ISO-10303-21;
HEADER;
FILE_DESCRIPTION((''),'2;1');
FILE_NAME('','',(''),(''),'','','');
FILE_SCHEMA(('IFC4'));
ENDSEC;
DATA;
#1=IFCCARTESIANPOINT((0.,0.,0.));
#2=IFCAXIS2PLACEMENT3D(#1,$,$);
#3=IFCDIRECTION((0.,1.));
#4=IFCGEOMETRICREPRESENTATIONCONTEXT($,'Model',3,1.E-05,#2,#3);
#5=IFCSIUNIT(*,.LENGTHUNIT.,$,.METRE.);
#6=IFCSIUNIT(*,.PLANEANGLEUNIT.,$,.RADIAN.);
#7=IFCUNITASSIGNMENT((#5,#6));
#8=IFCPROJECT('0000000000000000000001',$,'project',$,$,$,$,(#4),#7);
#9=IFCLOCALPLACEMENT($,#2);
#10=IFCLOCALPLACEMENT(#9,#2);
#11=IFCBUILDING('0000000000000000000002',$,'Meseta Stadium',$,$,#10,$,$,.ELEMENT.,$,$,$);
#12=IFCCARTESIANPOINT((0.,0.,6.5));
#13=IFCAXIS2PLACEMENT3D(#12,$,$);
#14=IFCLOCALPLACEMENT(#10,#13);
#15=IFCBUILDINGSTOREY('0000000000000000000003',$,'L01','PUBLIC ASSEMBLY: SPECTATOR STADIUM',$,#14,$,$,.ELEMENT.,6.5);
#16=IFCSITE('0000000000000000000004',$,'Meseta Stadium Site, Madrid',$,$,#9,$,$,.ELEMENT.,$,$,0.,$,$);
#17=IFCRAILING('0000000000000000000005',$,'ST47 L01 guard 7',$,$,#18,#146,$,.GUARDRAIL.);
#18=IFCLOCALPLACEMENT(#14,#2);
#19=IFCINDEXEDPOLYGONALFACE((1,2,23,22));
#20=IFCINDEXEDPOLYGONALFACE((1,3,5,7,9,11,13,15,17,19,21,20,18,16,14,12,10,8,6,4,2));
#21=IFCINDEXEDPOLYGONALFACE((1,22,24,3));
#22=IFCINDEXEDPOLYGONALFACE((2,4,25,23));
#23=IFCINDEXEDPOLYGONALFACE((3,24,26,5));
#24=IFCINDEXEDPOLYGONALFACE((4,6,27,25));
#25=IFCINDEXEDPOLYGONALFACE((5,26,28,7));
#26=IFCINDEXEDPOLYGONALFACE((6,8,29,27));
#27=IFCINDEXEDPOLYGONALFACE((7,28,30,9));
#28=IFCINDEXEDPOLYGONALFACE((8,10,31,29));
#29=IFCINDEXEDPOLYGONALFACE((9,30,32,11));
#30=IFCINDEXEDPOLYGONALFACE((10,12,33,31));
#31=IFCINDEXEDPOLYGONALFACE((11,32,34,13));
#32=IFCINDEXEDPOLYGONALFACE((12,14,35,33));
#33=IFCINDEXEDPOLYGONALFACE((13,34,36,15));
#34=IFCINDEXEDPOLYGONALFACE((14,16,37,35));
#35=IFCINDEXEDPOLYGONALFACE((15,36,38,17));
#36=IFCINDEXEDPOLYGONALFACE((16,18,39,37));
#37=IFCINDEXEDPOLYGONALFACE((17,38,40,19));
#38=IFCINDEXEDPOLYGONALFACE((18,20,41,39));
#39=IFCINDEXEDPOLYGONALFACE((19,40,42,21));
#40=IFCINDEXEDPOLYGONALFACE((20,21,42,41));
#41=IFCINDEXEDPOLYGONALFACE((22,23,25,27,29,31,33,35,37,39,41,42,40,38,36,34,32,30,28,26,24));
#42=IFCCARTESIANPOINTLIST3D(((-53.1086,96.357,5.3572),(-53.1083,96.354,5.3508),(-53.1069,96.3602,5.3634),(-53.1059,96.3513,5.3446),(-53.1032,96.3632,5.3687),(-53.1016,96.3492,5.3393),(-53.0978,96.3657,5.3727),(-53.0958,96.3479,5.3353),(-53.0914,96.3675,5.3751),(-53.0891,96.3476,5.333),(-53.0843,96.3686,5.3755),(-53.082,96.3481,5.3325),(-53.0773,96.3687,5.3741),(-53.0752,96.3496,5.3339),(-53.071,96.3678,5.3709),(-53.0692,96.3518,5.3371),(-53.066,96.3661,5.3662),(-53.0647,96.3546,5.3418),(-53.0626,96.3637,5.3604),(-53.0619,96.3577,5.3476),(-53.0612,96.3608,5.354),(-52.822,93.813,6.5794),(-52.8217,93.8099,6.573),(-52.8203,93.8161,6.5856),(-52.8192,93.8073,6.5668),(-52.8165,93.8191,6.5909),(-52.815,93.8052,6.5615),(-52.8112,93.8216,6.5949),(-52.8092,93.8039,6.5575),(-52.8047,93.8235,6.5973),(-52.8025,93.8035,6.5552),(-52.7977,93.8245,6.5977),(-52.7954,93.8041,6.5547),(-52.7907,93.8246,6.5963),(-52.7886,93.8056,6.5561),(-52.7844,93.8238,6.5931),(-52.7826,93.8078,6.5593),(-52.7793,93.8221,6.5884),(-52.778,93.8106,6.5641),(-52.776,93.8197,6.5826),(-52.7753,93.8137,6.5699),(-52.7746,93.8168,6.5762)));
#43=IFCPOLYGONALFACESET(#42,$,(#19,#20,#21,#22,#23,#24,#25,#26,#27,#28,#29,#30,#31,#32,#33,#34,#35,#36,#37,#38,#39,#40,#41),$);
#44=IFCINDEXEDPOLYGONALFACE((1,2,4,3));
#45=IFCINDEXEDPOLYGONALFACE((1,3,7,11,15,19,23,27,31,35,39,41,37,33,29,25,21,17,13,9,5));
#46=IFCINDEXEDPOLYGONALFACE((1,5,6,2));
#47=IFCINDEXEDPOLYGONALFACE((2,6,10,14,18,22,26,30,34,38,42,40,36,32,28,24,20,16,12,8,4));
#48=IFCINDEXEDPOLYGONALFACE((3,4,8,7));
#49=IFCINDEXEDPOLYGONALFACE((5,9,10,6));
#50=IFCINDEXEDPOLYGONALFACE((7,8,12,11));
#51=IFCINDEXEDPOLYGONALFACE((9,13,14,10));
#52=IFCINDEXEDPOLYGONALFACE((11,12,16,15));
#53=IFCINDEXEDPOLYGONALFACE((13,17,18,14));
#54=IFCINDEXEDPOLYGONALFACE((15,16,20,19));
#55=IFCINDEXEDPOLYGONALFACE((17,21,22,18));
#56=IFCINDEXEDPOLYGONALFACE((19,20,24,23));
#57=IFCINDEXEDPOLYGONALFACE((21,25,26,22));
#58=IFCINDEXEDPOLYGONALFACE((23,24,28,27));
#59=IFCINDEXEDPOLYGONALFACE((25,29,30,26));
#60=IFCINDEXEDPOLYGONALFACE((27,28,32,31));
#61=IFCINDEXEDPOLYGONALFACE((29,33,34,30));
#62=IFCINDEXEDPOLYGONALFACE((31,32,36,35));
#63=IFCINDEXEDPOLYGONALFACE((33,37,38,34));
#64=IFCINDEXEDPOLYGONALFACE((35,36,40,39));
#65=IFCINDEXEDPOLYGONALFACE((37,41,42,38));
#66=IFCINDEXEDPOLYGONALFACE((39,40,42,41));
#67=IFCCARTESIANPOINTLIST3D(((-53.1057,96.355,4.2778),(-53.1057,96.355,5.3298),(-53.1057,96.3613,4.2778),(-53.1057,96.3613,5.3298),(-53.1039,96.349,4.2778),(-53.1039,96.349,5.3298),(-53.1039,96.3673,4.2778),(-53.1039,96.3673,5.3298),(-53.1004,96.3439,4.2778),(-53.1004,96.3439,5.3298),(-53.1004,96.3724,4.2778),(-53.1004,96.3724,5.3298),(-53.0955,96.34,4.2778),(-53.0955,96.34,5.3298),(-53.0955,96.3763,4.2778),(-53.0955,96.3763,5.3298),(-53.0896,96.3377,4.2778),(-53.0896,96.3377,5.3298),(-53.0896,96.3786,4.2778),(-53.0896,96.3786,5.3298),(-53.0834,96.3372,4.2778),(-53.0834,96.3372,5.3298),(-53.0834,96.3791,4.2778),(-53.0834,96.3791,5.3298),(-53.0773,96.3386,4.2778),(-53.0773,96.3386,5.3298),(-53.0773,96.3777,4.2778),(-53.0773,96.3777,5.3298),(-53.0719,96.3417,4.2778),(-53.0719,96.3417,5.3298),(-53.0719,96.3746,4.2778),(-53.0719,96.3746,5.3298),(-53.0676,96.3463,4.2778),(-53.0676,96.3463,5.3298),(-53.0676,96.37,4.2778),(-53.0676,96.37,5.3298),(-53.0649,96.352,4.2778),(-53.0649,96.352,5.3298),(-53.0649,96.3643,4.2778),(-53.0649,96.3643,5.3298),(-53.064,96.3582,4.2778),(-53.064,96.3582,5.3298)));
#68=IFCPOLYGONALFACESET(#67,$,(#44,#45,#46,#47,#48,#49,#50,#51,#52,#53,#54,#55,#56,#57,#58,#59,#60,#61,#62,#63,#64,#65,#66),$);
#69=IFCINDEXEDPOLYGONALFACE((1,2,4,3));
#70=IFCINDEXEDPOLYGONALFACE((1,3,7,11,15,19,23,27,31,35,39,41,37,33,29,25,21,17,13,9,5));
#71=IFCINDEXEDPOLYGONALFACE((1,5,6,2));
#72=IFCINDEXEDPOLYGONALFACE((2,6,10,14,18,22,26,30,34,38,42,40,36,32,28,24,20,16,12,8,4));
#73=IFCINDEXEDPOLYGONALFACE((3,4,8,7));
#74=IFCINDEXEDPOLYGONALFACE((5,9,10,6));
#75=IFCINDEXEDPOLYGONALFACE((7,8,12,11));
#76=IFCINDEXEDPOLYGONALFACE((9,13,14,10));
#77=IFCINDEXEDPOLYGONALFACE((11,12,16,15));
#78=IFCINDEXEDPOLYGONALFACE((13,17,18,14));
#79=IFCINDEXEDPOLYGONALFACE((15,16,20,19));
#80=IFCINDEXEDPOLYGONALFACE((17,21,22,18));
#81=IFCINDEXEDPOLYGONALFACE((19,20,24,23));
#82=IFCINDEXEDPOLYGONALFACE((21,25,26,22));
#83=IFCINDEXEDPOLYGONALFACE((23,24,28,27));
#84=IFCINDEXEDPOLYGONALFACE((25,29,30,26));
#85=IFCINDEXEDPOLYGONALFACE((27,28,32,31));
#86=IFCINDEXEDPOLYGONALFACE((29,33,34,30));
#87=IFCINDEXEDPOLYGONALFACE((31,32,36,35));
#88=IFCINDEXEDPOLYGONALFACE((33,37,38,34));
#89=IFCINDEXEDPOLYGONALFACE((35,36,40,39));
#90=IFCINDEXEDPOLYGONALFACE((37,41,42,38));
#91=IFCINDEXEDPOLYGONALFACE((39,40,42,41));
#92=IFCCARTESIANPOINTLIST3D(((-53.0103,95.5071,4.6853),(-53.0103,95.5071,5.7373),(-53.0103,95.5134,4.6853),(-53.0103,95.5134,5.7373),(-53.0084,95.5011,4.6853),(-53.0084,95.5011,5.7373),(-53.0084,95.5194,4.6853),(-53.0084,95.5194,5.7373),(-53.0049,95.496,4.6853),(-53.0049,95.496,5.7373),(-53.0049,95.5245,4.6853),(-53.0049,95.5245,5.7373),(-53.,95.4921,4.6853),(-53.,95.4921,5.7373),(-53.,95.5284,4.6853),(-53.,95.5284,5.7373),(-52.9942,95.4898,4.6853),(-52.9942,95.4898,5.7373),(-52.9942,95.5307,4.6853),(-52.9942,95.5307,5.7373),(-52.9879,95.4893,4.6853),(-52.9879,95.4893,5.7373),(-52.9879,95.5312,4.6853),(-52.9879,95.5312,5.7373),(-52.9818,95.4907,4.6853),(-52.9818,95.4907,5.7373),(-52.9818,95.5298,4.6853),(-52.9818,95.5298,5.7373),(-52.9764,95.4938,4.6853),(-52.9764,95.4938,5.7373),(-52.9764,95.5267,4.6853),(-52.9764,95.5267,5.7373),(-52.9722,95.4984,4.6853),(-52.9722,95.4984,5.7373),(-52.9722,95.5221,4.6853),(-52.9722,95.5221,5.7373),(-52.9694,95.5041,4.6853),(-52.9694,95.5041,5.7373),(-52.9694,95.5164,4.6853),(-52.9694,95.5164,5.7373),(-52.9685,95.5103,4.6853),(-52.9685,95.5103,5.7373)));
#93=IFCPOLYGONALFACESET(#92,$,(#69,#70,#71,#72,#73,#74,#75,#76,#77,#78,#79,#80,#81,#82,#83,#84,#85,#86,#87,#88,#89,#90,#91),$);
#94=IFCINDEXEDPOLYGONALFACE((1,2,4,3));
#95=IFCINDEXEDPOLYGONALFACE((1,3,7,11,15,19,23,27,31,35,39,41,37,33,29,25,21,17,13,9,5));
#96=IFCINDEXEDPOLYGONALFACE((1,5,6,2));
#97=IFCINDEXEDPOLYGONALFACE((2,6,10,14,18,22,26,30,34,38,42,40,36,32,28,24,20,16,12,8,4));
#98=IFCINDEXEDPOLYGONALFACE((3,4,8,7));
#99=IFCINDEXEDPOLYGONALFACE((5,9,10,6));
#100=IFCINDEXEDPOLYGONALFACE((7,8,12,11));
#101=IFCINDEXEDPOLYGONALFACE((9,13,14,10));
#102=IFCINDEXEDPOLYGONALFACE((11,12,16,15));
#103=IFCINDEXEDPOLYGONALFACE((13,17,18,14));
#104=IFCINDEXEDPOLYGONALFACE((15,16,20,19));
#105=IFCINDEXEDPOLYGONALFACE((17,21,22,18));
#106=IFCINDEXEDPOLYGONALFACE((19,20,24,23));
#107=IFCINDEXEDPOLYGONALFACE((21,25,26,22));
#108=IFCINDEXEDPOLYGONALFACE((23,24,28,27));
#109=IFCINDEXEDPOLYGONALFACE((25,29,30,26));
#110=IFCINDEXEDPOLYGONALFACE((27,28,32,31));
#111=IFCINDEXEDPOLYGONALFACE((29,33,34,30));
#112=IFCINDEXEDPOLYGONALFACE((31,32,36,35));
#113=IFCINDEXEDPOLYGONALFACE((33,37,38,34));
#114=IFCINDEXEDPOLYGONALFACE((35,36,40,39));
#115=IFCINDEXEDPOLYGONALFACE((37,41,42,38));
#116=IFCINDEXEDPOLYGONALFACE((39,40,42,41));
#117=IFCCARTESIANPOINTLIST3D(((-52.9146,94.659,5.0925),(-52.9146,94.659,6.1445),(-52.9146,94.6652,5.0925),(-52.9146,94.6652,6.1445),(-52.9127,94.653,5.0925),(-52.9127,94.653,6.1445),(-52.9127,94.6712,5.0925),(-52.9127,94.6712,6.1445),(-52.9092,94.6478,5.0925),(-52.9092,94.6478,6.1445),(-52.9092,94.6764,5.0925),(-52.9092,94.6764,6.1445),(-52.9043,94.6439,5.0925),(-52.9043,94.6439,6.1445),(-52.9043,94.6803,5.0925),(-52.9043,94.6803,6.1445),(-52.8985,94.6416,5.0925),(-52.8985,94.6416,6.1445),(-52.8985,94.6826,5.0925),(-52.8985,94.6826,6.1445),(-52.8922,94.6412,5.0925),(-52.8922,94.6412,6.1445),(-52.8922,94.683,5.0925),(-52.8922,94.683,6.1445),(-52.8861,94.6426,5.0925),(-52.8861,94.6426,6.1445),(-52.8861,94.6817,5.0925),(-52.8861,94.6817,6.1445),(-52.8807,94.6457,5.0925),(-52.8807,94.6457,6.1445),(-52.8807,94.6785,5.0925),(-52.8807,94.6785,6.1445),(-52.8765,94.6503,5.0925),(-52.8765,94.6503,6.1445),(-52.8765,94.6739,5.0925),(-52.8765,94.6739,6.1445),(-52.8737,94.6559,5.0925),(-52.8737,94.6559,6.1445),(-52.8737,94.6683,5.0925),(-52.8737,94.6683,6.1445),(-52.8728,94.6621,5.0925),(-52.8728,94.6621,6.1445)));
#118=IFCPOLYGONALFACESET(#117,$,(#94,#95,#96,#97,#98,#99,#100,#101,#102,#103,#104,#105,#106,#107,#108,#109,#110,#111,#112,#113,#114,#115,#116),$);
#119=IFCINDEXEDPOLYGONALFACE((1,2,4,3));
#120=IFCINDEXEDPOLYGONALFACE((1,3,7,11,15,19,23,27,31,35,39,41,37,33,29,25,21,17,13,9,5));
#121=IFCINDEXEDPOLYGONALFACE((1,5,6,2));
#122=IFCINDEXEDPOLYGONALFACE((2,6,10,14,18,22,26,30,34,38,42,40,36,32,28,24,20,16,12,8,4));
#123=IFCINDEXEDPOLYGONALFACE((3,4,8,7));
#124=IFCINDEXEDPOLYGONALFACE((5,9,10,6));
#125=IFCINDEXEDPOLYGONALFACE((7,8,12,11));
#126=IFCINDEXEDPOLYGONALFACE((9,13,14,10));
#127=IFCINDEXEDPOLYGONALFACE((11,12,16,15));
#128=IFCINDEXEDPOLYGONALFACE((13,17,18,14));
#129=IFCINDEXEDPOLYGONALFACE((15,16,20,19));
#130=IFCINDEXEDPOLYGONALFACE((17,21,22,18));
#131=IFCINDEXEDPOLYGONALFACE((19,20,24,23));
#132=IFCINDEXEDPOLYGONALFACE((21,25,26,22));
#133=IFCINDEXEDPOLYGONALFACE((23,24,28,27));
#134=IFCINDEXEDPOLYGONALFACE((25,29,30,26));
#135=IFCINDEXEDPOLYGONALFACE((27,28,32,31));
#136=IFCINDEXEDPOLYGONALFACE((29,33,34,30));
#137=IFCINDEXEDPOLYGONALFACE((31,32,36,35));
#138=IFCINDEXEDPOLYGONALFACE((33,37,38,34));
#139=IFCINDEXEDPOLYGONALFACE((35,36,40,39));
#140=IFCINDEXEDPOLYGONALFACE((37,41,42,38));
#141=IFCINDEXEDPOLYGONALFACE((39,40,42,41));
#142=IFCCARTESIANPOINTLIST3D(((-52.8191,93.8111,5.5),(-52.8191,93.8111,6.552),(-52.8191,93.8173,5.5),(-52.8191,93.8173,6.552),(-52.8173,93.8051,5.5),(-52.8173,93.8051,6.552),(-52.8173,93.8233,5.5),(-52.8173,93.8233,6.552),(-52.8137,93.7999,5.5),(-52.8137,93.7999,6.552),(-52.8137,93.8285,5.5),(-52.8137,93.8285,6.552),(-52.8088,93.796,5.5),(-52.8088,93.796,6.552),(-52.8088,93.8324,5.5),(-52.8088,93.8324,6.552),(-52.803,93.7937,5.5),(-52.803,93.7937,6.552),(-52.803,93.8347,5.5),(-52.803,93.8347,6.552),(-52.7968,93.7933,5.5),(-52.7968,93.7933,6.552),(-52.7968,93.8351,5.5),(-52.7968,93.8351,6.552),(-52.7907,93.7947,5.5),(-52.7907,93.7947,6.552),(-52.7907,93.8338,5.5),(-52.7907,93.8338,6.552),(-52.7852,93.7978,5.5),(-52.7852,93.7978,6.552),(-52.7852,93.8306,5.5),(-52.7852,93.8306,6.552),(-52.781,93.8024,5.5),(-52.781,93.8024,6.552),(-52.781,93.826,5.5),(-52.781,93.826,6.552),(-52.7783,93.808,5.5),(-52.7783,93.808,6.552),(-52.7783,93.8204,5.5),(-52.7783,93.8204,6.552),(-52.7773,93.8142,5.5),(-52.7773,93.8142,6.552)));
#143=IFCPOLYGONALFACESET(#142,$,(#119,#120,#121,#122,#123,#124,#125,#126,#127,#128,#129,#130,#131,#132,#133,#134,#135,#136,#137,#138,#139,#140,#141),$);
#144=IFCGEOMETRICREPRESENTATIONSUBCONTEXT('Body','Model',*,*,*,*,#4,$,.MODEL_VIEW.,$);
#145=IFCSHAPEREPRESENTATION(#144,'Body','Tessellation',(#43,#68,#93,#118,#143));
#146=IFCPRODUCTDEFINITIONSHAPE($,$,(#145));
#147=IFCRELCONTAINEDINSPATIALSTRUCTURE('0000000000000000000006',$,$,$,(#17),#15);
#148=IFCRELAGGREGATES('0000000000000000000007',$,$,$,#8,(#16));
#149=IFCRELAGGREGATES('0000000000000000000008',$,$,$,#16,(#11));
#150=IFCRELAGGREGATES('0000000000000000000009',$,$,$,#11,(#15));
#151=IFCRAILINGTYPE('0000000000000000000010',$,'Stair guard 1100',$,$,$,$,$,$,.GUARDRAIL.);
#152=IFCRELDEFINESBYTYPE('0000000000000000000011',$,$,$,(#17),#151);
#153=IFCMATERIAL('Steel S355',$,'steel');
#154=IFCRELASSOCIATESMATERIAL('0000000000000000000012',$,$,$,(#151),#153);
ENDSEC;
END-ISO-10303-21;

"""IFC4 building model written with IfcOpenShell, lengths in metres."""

from ifc_helpers import new_model, si_unit, direction, frame, origin, origin_2d, place, context, subcontext, project, spatial, circle, extrude, material, type_object, element, save


model = new_model("IFC4")

# Units and contexts
model_context = context("Model", 3, precision=1e-05, world=origin(), true_north=direction((0.0, 1.0)))
body_context = subcontext(model_context, "Body", "Model", "MODEL_VIEW")
ifc_project = project(units=[si_unit("LENGTHUNIT", "METRE"), si_unit("PLANEANGLEUNIT", "RADIAN")], contexts=[model_context])

# Site, building, storey
site_placement = place(None, origin())
site = spatial("IfcSite", under=ifc_project, at=site_placement, Name="Meseta Stadium Site, Madrid", CompositionType="ELEMENT", RefElevation=0.0)
building_placement = place(site_placement, origin())
building = spatial("IfcBuilding", under=site, at=building_placement, Name="Meseta Stadium", CompositionType="ELEMENT")
storey_placement = place(building_placement, frame((0.0, 0.0, 6.5)))
storey = spatial("IfcBuildingStorey", under=building, at=storey_placement, Name="L01", Description="PUBLIC ASSEMBLY: SPECTATOR STADIUM", CompositionType="ELEMENT", Elevation=6.5)

# Railing
ifc_material_1 = material(Name="Steel S355", Category="steel")
railing_type_1 = type_object("IfcRailingType", Name="Stair guard 1100", PredefinedType="GUARDRAIL", material=ifc_material_1)
railing_1_placement = place(storey_placement, frame((-53.085, 96.3582, 4.2778)))
element("IfcRailing", 1, at=railing_1_placement, inside=storey, type_object=railing_type_1, Name="ST47 L01 guard 7", PredefinedType="GUARDRAIL", context=body_context, shape_type="SweptSolid", body=[
    extrude(circle(Radius=0.0239, at=origin_2d()), frame((0.0, 0.0, 1.0762), z_axis=(0.101036, -0.896762, 0.430824), x_axis=(0.993713, 0.11196, 0.0)), (0.0, 0.0, 1.0), 2.8369),
    extrude(circle(Radius=0.021, at=origin_2d()), origin(), (0.0, 0.0, 1.0), 1.052),
    extrude(circle(Radius=0.021, at=origin_2d()), frame((0.0955, -0.8479, 0.4075)), (0.0, 0.0, 1.0), 1.052),
    extrude(circle(Radius=0.021, at=origin_2d()), frame((0.1912, -1.696, 0.8147)), (0.0, 0.0, 1.0), 1.052),
    extrude(circle(Radius=0.021, at=origin_2d()), frame((0.2866, -2.5439, 1.2222)), (0.0, 0.0, 1.0), 1.052),
])

save(model, "model.ifc")
